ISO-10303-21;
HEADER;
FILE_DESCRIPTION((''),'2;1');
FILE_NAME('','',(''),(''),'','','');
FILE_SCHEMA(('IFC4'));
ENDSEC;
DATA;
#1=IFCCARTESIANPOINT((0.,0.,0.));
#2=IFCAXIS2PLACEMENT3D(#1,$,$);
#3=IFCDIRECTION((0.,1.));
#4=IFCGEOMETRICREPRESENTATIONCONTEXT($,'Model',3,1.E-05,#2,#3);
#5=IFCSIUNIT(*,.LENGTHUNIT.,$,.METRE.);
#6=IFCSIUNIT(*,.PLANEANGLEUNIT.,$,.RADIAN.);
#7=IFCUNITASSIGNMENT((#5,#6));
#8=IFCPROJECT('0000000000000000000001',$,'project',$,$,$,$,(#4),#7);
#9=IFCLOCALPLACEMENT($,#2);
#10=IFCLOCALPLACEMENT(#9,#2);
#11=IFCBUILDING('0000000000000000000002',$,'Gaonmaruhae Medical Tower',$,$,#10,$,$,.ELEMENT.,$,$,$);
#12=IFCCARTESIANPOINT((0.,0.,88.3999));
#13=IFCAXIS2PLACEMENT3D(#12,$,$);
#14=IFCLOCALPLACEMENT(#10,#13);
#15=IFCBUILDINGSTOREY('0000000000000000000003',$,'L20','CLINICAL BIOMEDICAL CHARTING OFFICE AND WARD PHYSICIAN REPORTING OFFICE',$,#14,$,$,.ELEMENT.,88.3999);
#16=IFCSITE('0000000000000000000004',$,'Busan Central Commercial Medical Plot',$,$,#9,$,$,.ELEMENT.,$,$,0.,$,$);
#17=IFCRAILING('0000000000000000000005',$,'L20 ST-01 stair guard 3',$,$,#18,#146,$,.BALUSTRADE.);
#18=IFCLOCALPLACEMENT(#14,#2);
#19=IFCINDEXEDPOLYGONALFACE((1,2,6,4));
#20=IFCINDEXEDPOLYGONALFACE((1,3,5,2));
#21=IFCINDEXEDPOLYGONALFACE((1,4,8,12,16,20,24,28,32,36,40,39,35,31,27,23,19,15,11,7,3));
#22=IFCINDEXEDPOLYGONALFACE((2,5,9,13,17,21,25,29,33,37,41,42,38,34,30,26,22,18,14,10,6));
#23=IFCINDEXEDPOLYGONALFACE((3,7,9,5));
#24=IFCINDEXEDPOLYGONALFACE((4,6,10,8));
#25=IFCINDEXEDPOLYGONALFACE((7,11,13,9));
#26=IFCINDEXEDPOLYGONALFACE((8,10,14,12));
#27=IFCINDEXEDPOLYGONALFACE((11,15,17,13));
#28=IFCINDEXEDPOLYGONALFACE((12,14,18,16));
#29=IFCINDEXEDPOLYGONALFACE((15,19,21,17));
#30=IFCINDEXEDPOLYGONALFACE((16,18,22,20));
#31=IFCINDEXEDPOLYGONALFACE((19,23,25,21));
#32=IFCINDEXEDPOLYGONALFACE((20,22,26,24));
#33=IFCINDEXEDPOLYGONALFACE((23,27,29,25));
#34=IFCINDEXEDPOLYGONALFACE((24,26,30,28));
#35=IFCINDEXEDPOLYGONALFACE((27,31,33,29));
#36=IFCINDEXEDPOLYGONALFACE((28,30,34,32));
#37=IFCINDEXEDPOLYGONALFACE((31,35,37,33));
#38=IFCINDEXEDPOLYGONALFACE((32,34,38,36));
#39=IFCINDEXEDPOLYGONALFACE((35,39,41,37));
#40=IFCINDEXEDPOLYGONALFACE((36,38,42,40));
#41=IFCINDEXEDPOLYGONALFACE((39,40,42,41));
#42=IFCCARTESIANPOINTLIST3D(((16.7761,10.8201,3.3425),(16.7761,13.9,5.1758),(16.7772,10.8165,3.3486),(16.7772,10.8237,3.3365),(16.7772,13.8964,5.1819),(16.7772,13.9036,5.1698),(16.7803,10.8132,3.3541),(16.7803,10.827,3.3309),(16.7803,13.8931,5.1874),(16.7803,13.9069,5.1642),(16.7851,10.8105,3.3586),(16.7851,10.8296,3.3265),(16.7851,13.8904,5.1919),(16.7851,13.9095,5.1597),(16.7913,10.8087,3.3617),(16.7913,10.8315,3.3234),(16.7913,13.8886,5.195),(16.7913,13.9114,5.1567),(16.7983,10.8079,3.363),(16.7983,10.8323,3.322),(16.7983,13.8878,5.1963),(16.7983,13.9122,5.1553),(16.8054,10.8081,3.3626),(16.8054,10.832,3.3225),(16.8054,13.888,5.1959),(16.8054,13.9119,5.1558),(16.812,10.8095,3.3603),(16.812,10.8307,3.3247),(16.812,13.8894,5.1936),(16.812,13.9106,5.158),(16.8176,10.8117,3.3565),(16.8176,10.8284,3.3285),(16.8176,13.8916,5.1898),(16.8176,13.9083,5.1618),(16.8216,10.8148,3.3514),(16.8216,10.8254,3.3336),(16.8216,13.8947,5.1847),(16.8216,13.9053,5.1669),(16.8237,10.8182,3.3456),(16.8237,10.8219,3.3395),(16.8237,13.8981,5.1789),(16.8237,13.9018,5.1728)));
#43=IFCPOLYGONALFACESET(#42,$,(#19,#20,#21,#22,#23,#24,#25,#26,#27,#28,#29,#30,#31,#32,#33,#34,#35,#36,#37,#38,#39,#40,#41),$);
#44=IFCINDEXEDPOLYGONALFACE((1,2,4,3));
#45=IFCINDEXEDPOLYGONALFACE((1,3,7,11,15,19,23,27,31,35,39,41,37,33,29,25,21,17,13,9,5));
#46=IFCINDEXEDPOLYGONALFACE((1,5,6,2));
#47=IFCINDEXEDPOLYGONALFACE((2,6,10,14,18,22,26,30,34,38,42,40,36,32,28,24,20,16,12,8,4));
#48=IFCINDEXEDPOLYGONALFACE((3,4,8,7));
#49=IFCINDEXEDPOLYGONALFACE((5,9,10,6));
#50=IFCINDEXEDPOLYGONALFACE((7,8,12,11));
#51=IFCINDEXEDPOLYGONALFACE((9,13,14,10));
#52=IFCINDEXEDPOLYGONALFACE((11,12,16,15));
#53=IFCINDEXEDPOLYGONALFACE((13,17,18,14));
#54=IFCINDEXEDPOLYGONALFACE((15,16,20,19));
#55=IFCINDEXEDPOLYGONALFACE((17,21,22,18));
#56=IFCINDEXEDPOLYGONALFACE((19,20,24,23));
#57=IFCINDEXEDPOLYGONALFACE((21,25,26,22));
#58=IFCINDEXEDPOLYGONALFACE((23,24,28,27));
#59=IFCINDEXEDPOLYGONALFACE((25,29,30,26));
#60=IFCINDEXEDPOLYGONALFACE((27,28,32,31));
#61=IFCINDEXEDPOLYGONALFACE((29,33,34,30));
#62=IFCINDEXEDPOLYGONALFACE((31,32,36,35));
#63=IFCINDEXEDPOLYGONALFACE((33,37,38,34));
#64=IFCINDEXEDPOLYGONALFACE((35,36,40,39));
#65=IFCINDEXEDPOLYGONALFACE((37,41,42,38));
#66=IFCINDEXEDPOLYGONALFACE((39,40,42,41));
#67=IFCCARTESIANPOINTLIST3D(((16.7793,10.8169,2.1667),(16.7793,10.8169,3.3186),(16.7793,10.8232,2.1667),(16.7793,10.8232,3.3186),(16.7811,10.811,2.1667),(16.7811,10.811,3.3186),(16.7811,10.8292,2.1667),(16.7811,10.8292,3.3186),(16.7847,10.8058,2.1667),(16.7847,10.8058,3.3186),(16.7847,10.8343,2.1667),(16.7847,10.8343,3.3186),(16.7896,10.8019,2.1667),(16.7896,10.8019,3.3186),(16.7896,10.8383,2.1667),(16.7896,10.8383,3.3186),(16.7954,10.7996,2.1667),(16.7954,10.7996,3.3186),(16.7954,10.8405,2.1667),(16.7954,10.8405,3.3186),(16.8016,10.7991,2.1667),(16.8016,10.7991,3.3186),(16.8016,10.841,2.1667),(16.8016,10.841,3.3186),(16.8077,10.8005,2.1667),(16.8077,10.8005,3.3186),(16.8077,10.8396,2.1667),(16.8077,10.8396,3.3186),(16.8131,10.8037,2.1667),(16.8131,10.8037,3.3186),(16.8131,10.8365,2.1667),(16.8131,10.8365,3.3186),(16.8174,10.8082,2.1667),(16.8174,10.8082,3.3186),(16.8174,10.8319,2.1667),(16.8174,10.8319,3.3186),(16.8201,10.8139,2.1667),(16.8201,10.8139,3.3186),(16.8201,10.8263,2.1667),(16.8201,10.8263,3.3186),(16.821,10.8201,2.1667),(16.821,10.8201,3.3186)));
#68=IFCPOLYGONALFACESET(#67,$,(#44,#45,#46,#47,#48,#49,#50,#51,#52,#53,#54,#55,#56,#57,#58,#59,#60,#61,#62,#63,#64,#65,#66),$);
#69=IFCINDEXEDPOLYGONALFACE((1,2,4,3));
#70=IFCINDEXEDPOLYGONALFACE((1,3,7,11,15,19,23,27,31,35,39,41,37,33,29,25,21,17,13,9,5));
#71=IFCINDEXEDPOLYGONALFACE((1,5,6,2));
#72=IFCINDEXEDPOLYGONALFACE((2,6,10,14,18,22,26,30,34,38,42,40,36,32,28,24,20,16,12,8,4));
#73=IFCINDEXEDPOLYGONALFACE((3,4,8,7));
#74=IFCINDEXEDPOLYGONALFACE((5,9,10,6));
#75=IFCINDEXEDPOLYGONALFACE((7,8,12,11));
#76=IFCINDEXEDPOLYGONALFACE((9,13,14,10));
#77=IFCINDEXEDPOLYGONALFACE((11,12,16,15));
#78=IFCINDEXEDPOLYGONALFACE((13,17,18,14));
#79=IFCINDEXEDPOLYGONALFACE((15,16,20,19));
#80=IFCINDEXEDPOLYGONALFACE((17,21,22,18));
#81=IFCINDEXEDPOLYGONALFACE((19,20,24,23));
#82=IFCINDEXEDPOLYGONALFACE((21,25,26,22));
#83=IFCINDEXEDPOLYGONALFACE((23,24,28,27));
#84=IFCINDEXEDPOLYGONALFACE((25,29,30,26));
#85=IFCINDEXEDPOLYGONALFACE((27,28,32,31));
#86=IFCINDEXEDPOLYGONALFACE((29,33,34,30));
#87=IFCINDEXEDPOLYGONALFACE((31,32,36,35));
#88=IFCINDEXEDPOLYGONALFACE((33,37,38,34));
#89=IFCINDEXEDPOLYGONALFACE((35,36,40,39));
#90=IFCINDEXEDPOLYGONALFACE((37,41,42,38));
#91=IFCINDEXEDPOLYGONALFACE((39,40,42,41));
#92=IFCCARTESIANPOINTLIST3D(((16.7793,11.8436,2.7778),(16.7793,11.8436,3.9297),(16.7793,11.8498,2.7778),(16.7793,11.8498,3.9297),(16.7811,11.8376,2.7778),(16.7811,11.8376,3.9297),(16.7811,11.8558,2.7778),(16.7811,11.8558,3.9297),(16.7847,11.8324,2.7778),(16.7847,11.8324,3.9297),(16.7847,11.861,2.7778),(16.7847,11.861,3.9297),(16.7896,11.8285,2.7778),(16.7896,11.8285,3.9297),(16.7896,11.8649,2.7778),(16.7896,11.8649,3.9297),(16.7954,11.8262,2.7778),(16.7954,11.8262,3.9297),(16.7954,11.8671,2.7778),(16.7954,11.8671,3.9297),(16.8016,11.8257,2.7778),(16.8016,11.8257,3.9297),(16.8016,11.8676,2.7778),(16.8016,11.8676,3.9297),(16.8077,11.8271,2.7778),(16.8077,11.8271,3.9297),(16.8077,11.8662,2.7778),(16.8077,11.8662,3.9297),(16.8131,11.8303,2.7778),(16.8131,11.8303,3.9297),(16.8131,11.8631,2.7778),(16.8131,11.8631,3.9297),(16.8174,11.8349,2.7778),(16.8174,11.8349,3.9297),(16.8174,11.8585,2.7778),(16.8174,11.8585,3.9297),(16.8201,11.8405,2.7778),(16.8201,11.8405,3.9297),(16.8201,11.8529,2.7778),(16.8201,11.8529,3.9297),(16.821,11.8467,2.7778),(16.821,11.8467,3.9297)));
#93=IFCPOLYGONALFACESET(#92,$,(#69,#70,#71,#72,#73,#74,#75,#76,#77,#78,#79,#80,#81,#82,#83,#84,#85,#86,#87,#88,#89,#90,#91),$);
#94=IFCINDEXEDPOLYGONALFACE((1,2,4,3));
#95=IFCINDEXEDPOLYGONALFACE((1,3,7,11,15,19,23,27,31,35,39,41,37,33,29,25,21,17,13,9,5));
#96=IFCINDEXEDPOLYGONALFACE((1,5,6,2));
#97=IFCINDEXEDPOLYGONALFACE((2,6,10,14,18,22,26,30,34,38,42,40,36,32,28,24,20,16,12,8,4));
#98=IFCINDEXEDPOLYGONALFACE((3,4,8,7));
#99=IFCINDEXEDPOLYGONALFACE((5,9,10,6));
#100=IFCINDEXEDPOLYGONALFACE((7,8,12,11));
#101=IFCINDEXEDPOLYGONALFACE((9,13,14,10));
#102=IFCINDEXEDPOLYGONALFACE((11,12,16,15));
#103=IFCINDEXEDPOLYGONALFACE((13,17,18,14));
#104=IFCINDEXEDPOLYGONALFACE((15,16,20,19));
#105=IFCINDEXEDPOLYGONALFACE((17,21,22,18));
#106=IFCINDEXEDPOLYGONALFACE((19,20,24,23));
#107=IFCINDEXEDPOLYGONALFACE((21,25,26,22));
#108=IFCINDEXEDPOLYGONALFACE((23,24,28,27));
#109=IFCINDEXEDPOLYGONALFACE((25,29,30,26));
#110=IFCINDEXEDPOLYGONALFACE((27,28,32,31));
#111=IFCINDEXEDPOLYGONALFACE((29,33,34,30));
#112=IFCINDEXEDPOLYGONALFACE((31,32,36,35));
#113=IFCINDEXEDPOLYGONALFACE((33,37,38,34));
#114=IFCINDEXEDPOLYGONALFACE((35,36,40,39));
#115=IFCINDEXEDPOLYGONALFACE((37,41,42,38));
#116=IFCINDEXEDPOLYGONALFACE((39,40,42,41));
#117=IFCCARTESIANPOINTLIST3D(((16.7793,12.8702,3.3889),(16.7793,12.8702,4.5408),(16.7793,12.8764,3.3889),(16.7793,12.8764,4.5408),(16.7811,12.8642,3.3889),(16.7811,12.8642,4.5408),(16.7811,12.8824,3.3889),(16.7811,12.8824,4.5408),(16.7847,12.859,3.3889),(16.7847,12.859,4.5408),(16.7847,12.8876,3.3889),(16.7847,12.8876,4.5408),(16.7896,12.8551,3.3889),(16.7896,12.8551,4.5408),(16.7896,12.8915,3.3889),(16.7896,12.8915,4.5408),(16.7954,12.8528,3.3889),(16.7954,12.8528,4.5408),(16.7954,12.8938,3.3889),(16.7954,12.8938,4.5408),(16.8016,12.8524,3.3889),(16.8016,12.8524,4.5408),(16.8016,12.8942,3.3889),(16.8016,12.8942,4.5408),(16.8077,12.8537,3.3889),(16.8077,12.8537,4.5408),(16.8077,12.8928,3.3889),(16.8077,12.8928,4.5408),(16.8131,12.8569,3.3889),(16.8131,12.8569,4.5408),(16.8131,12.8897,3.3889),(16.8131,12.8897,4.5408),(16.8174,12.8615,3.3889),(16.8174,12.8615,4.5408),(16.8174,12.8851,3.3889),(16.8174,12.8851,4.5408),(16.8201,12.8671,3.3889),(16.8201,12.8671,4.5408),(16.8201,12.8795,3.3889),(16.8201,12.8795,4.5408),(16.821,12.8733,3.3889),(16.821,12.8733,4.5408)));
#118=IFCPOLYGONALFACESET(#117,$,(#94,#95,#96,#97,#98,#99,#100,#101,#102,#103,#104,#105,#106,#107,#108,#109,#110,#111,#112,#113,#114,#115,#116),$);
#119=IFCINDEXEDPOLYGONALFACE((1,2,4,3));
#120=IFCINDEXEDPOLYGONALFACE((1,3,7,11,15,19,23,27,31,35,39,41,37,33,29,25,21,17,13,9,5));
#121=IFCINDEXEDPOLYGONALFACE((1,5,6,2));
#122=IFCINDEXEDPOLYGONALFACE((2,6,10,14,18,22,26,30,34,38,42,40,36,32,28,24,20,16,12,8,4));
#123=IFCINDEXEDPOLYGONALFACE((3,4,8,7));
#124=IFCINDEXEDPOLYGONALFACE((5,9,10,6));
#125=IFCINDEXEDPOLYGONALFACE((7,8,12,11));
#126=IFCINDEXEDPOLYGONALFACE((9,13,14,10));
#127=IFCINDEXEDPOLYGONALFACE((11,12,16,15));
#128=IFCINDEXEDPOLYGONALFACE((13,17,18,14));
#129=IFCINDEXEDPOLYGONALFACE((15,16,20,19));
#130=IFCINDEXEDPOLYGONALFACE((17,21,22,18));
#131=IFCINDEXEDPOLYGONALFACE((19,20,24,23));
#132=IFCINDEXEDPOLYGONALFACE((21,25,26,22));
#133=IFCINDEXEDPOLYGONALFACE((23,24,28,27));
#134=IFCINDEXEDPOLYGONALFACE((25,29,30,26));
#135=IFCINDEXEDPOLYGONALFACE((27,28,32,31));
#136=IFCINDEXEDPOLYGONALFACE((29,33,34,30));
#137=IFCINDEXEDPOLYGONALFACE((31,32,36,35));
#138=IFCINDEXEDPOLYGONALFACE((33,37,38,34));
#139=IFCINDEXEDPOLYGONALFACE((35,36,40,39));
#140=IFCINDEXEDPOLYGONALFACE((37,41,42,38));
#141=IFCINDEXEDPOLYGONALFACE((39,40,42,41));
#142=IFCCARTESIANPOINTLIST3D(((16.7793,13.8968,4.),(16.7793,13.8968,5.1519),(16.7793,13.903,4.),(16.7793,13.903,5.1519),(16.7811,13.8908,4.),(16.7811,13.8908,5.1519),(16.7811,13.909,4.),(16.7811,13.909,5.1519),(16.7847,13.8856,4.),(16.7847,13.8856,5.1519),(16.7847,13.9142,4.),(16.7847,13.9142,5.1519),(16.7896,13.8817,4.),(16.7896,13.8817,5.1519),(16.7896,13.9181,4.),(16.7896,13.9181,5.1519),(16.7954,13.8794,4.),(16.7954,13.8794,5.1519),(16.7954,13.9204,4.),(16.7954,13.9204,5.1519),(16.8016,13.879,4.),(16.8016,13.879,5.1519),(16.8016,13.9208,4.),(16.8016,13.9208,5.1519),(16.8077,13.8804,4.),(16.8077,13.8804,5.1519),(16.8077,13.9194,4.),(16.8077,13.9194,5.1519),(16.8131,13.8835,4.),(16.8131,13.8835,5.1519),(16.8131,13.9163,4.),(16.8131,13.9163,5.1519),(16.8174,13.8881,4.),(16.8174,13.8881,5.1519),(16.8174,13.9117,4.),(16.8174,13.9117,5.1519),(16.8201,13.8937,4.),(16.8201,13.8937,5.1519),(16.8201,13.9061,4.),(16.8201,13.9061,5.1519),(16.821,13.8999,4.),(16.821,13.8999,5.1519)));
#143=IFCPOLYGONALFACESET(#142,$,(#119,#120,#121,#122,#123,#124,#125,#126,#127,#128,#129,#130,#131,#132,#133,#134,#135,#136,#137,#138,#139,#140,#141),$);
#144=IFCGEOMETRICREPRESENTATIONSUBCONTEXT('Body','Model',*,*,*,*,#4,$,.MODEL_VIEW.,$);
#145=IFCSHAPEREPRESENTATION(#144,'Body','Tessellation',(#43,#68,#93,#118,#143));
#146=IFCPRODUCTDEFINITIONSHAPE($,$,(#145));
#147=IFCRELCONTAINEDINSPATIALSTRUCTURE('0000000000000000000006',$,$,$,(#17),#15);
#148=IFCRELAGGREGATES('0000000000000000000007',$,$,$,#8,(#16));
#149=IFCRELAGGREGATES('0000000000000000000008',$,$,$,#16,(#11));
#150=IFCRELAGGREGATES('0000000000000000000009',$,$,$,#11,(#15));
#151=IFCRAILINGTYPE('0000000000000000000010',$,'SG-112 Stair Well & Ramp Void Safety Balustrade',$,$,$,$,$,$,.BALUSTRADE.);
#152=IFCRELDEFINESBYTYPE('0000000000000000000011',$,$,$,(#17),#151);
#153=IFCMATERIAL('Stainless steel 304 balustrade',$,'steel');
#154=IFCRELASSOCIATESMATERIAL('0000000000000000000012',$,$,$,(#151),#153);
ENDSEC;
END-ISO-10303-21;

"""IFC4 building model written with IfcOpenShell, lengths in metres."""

from ifc_helpers import new_model, si_unit, direction, frame, origin, origin_2d, place, context, subcontext, project, spatial, circle, extrude, material, type_object, element, save


model = new_model("IFC4")

# Units and contexts
model_context = context("Model", 3, precision=1e-05, world=origin(), true_north=direction((0.0, 1.0)))
body_context = subcontext(model_context, "Body", "Model", "MODEL_VIEW")
ifc_project = project(units=[si_unit("LENGTHUNIT", "METRE"), si_unit("PLANEANGLEUNIT", "RADIAN")], contexts=[model_context])

# Site, building, storey
site_placement = place(None, origin())
site = spatial("IfcSite", under=ifc_project, at=site_placement, Name="Busan Central Commercial Medical Plot", CompositionType="ELEMENT", RefElevation=0.0)
building_placement = place(site_placement, origin())
building = spatial("IfcBuilding", under=site, at=building_placement, Name="Gaonmaruhae Medical Tower", CompositionType="ELEMENT")
storey_placement = place(building_placement, frame((0.0, 0.0, 88.3999)))
storey = spatial("IfcBuildingStorey", under=building, at=storey_placement, Name="L20", Description="CLINICAL BIOMEDICAL CHARTING OFFICE AND WARD PHYSICIAN REPORTING OFFICE", CompositionType="ELEMENT", Elevation=88.3999)

# Railing
ifc_material_1 = material(Name="Stainless steel 304 balustrade", Category="steel")
railing_type_1 = type_object("IfcRailingType", Name="SG-112 Stair Well & Ramp Void Safety Balustrade", PredefinedType="BALUSTRADE", material=ifc_material_1)
railing_1_placement = place(storey_placement, frame((16.8, 10.8201, 2.1667)))
element("IfcRailing", 1, at=railing_1_placement, inside=storey, type_object=railing_type_1, Name="L20 ST-01 stair guard 3", PredefinedType="BALUSTRADE", context=body_context, shape_type="SweptSolid", body=[
    extrude(circle(Radius=0.0239, at=origin_2d()), frame((0.0, 0.0, 1.1758), z_axis=(0.0, 0.859291, 0.511487), x_axis=(-1.0, 0.0, 0.0)), (0.0, 0.0, 1.0), 3.5842),
    extrude(circle(Radius=0.021, at=origin_2d()), origin(), (0.0, 0.0, 1.0), 1.1519),
    extrude(circle(Radius=0.021, at=origin_2d()), frame((0.0, 1.0266, 0.6111)), (0.0, 0.0, 1.0), 1.1519),
    extrude(circle(Radius=0.021, at=origin_2d()), frame((0.0, 2.0532, 1.2222)), (0.0, 0.0, 1.0), 1.1519),
    extrude(circle(Radius=0.021, at=origin_2d()), frame((0.0, 3.0798, 1.8333)), (0.0, 0.0, 1.0), 1.1519),
])

save(model, "model.ifc")
